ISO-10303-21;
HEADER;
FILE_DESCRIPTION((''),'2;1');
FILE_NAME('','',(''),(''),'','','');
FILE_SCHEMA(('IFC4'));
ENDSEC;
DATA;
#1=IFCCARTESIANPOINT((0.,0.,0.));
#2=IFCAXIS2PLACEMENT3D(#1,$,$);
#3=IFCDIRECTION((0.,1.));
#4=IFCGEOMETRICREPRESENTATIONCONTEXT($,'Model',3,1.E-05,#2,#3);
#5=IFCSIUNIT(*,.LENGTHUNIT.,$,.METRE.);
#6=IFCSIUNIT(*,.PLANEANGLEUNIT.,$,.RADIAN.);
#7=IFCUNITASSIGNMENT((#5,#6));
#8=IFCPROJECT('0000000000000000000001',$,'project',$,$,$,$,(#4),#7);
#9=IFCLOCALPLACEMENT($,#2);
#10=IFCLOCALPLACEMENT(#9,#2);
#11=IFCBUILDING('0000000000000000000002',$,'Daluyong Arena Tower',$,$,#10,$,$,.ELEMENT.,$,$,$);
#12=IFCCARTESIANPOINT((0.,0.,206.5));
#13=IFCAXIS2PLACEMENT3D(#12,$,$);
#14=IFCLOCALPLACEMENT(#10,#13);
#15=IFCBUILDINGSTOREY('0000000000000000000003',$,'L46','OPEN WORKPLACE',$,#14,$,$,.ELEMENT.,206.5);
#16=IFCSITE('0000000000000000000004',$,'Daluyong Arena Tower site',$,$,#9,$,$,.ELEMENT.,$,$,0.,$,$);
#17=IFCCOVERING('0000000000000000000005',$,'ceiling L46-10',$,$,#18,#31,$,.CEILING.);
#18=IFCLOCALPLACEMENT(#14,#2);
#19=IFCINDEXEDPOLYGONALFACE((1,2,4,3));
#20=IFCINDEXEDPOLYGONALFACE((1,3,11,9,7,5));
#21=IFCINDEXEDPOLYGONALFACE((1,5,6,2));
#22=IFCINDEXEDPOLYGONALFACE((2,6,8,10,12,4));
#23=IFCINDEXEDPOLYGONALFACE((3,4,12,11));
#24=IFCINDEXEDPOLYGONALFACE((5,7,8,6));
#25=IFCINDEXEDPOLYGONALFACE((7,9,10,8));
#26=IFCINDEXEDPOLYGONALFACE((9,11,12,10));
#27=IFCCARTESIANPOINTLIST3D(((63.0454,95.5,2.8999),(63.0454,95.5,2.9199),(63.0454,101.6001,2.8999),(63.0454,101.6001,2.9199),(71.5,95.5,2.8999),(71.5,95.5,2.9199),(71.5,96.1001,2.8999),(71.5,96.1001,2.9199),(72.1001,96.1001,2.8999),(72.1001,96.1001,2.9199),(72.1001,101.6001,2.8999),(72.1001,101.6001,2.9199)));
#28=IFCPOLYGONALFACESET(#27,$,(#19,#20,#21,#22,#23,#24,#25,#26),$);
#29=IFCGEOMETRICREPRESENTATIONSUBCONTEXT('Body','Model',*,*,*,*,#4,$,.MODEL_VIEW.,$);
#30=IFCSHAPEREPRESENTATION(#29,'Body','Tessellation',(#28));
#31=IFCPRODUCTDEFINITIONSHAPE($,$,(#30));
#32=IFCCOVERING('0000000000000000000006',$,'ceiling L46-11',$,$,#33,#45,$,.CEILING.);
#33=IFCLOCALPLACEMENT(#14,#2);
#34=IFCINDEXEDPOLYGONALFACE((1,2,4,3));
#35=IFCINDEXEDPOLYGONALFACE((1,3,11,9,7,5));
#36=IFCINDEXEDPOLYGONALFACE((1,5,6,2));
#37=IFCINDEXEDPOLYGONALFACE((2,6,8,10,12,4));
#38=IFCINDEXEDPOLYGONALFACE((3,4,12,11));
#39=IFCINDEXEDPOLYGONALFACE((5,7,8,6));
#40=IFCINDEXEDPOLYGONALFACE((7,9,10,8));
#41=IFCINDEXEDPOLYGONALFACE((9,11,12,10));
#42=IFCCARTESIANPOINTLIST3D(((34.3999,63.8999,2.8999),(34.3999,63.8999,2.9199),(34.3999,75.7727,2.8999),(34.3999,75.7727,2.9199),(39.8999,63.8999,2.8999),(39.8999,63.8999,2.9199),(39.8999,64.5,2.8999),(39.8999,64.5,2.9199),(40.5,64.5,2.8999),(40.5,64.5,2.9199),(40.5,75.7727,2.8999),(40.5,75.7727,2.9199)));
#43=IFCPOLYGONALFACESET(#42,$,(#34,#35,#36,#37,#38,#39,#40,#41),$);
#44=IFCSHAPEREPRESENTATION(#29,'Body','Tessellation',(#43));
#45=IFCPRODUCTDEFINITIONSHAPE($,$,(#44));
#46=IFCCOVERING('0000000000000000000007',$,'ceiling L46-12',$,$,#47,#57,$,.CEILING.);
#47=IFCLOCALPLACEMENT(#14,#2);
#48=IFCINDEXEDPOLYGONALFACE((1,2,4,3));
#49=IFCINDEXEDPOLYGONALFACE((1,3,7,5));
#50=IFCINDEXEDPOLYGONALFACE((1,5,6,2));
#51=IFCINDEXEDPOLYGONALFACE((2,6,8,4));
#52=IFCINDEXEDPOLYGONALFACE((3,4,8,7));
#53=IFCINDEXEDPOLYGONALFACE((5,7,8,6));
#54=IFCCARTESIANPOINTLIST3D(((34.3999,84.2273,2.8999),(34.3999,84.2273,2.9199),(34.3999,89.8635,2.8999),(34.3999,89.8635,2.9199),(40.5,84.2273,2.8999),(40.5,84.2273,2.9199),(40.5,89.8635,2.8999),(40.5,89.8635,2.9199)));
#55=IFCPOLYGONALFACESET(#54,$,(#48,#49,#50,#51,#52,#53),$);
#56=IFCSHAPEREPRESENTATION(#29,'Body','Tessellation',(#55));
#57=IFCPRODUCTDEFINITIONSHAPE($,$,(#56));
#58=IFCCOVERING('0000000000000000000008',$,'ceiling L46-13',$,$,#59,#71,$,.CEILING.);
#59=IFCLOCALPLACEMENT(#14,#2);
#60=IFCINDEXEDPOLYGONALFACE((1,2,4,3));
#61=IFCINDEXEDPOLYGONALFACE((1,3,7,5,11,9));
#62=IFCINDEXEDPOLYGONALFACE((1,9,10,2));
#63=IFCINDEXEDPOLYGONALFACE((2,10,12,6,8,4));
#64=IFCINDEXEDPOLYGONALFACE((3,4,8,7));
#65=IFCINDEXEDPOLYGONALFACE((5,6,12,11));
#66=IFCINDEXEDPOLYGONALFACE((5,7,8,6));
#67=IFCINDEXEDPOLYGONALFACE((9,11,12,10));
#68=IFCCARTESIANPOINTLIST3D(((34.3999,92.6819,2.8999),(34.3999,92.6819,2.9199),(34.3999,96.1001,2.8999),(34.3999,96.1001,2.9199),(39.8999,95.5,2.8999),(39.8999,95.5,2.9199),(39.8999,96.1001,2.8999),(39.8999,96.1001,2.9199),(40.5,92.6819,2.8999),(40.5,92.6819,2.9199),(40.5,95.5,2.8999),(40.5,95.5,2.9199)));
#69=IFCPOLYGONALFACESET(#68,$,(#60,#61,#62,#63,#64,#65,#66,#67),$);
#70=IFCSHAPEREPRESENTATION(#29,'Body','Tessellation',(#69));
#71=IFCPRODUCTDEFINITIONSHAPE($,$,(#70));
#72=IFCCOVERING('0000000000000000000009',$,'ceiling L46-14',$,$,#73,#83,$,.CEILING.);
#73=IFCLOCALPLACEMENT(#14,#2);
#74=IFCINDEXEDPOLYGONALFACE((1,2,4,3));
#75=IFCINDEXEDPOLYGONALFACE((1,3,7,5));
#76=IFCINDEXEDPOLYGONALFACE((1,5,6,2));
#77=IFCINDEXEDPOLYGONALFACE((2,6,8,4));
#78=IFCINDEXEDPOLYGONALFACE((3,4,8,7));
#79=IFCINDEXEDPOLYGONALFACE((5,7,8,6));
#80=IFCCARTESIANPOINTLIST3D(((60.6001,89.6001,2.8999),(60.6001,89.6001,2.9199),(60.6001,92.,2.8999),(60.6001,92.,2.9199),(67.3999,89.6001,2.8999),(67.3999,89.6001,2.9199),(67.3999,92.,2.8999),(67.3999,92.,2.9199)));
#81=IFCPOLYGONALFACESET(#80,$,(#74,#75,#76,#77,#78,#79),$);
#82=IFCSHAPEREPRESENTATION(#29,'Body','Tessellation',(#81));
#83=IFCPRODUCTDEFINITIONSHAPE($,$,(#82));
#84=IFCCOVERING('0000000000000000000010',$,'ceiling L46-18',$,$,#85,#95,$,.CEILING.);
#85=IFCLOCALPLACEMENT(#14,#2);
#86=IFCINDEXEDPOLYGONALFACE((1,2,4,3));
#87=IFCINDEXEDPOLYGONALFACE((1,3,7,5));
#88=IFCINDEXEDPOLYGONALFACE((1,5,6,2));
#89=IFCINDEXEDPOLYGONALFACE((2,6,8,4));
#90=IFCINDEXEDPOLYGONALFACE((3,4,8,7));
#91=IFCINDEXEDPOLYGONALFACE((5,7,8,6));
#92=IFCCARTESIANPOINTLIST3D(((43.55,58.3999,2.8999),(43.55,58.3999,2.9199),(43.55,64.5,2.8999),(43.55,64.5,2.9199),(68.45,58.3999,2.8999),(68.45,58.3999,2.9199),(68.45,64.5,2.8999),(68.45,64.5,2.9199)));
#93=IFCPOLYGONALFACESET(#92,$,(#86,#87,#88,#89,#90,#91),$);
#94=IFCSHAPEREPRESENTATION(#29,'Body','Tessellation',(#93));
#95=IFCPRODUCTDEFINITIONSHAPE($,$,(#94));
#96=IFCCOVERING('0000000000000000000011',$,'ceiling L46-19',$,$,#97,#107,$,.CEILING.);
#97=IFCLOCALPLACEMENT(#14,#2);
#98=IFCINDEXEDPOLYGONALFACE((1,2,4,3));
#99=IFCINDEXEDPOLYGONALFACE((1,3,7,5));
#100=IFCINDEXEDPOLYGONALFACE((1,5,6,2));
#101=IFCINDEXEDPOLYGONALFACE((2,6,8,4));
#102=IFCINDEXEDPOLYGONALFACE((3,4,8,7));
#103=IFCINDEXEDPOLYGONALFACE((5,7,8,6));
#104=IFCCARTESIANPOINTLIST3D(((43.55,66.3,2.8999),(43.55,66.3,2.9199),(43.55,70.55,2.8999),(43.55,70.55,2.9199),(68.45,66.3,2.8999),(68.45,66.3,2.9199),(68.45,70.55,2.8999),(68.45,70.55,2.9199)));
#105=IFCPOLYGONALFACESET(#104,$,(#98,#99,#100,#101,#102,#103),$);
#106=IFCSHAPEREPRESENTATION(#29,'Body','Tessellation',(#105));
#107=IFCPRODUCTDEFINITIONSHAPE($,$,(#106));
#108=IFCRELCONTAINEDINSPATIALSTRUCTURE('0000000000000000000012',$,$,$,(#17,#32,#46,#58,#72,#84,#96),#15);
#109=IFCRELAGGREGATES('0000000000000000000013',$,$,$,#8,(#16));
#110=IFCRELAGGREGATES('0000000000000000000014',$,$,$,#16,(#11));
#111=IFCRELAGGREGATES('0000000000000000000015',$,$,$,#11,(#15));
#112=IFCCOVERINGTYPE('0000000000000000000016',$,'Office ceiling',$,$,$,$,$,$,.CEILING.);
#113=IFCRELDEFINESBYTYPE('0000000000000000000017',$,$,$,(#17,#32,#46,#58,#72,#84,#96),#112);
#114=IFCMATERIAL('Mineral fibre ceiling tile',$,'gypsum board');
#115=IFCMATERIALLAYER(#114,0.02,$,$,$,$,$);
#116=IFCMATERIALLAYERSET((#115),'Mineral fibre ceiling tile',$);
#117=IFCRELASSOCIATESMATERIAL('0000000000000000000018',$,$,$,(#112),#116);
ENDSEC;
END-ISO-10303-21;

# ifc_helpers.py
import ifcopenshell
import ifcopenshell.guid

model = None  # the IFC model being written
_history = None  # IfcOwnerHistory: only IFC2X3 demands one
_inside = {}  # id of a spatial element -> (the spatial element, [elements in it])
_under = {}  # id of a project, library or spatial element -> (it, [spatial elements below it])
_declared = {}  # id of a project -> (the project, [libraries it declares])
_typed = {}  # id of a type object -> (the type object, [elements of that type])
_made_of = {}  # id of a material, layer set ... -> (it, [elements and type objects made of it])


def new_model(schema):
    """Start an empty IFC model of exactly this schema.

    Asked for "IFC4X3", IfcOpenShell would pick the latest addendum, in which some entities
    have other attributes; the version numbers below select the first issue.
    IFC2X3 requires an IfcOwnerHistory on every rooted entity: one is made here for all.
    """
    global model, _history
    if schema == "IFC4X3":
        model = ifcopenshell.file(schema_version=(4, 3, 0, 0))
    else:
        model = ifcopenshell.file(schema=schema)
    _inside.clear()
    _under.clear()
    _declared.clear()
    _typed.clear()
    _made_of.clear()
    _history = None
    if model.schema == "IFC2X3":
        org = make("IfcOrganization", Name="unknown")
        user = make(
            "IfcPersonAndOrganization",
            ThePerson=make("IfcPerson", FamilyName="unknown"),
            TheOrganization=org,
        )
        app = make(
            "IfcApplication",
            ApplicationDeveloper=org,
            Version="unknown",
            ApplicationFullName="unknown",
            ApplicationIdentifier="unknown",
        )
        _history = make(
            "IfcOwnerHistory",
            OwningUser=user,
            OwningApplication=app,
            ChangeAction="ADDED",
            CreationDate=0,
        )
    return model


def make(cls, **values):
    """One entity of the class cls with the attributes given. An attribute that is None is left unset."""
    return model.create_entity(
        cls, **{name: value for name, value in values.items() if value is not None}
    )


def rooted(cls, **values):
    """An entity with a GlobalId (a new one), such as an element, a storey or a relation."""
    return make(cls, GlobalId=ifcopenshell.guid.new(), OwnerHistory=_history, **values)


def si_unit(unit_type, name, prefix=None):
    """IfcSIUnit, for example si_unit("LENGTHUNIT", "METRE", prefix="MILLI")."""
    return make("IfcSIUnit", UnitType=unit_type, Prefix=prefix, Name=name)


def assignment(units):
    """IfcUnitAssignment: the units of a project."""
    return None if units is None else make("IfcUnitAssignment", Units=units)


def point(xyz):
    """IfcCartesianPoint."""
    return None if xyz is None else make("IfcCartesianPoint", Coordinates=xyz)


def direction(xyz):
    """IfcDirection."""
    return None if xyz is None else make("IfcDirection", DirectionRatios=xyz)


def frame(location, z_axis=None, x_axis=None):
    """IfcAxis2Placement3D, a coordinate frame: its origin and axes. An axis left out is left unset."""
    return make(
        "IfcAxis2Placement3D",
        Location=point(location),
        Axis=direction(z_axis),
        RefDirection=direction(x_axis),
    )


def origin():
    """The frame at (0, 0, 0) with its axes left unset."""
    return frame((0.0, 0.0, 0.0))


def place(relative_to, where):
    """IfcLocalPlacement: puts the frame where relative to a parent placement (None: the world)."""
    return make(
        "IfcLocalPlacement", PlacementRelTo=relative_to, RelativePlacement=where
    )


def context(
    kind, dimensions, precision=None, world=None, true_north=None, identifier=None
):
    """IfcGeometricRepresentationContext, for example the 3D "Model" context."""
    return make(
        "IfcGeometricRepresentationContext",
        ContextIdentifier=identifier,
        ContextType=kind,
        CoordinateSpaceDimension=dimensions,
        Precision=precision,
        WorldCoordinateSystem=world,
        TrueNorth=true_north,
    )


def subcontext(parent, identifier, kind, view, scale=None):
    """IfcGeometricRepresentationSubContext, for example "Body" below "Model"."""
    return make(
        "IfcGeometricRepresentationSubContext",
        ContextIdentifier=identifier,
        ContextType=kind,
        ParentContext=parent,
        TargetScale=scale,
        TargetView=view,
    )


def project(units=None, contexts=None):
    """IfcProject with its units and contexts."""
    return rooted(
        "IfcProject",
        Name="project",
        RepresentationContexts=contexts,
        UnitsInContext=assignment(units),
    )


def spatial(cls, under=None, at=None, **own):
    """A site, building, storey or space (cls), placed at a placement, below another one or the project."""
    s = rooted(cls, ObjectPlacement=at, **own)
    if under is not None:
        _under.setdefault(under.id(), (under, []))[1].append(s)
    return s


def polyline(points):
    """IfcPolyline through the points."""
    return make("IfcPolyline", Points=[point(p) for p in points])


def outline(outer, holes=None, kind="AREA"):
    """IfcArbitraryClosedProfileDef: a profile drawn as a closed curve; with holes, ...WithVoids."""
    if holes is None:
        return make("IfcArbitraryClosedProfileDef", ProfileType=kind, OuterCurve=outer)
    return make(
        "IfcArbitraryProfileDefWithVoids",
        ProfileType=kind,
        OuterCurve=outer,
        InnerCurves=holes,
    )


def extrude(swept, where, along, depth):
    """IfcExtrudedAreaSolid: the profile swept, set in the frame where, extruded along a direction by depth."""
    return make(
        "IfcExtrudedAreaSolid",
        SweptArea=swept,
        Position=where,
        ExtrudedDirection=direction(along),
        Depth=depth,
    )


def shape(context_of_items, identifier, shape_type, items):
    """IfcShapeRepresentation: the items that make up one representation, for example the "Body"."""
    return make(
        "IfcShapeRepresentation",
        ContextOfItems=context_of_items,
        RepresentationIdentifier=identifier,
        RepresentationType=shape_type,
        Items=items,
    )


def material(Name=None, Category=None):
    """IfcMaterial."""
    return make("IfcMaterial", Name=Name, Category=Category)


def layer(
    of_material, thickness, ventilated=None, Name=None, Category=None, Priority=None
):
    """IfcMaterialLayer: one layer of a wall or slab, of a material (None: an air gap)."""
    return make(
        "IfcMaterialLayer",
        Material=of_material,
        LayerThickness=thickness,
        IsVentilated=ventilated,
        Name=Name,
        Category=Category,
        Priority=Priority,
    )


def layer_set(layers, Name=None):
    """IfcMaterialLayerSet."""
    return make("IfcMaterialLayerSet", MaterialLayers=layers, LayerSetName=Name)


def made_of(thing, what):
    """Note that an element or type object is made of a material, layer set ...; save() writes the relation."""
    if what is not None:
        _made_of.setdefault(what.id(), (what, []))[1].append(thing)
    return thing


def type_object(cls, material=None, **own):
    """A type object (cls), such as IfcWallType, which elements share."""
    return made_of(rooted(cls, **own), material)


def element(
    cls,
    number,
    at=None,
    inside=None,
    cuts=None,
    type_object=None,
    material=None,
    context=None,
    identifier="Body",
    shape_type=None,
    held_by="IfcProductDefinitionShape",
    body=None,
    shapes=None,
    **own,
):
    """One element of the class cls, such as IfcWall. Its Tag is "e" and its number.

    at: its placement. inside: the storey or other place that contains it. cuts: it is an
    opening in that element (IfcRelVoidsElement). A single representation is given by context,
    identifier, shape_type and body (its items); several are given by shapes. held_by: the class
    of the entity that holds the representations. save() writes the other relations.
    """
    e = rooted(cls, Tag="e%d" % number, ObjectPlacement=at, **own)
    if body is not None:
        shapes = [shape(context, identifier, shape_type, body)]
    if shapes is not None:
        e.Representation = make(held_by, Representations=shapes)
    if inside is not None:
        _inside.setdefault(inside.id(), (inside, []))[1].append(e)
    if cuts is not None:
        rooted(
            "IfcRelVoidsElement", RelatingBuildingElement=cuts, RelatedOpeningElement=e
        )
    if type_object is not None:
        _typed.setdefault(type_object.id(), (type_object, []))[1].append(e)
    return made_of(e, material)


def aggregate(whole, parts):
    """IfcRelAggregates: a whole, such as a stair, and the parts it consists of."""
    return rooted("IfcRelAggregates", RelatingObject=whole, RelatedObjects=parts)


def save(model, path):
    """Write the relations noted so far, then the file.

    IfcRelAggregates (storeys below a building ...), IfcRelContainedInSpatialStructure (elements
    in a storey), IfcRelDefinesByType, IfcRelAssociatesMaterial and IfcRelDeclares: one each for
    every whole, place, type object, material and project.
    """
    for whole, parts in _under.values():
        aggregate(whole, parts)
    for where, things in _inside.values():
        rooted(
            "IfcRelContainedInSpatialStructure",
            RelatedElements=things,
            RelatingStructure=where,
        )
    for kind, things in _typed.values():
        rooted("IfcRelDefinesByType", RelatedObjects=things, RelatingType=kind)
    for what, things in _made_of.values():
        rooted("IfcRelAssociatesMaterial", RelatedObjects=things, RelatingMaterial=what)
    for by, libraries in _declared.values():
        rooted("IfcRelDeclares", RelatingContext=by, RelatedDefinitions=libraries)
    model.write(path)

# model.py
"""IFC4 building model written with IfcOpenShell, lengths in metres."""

from ifc_helpers import new_model, si_unit, direction, frame, origin, place, context, subcontext, project, spatial, polyline, outline, extrude, material, layer, layer_set, type_object, element, save


model = new_model("IFC4")

# Units and contexts
model_context = context("Model", 3, precision=1e-05, world=origin(), true_north=direction((0.0, 1.0)))
body_context = subcontext(model_context, "Body", "Model", "MODEL_VIEW")
ifc_project = project(units=[si_unit("LENGTHUNIT", "METRE"), si_unit("PLANEANGLEUNIT", "RADIAN")], contexts=[model_context])

# Site, building, storey
site_placement = place(None, origin())
site = spatial("IfcSite", under=ifc_project, at=site_placement, Name="Daluyong Arena Tower site", CompositionType="ELEMENT", RefElevation=0.0)
building_placement = place(site_placement, origin())
building = spatial("IfcBuilding", under=site, at=building_placement, Name="Daluyong Arena Tower", CompositionType="ELEMENT")
storey_placement = place(building_placement, frame((0.0, 0.0, 206.5)))
storey = spatial("IfcBuildingStorey", under=building, at=storey_placement, Name="L46", Description="OPEN WORKPLACE", CompositionType="ELEMENT", Elevation=206.5)

# Coverings
ifc_material_1 = material(Name="Mineral fibre ceiling tile", Category="gypsum board")
ifc_layer_1 = layer(ifc_material_1, 0.02)
ifc_layer_set_1 = layer_set([ifc_layer_1], Name="Mineral fibre ceiling tile")
covering_type = type_object("IfcCoveringType", Name="Office ceiling", PredefinedType="CEILING", material=ifc_layer_set_1)
covering_1_placement = place(storey_placement, frame((0.0, 0.0, 2.8999)))
element("IfcCovering", 1, at=covering_1_placement, inside=storey, type_object=covering_type, Name="ceiling L46-10", PredefinedType="CEILING", context=body_context, shape_type="SweptSolid", body=[
    extrude(outline(polyline([(63.0454, 95.5), (71.5, 95.5), (71.5, 96.1001), (72.1001, 96.1001), (72.1001, 101.6001), (63.0454, 101.6001), (63.0454, 95.5)])), origin(), (0.0, 0.0, 1.0), 0.02),
])
covering_2_placement = place(storey_placement, frame((0.0, 0.0, 2.8999)))
element("IfcCovering", 2, at=covering_2_placement, inside=storey, type_object=covering_type, Name="ceiling L46-11", PredefinedType="CEILING", context=body_context, shape_type="SweptSolid", body=[
    extrude(outline(polyline([(34.3999, 63.8999), (39.8999, 63.8999), (39.8999, 64.5), (40.5, 64.5), (40.5, 75.7727), (34.3999, 75.7727), (34.3999, 63.8999)])), origin(), (0.0, 0.0, 1.0), 0.02),
])
covering_3_placement = place(storey_placement, frame((0.0, 0.0, 2.8999)))
element("IfcCovering", 3, at=covering_3_placement, inside=storey, type_object=covering_type, Name="ceiling L46-12", PredefinedType="CEILING", context=body_context, shape_type="SweptSolid", body=[
    extrude(outline(polyline([(40.5, 89.8635), (34.3999, 89.8635), (34.3999, 84.2273), (40.5, 84.2273), (40.5, 89.8635)])), origin(), (0.0, 0.0, 1.0), 0.02),
])
covering_4_placement = place(storey_placement, frame((0.0, 0.0, 2.8999)))
element("IfcCovering", 4, at=covering_4_placement, inside=storey, type_object=covering_type, Name="ceiling L46-13", PredefinedType="CEILING", context=body_context, shape_type="SweptSolid", body=[
    extrude(outline(polyline([(40.5, 92.6819), (40.5, 95.5), (39.8999, 95.5), (39.8999, 96.1001), (34.3999, 96.1001), (34.3999, 92.6819), (40.5, 92.6819)])), origin(), (0.0, 0.0, 1.0), 0.02),
])
covering_5_placement = place(storey_placement, frame((0.0, 0.0, 2.8999)))
element("IfcCovering", 5, at=covering_5_placement, inside=storey, type_object=covering_type, Name="ceiling L46-14", PredefinedType="CEILING", context=body_context, shape_type="SweptSolid", body=[
    extrude(outline(polyline([(60.6001, 89.6001), (67.3999, 89.6001), (67.3999, 92.0), (60.6001, 92.0), (60.6001, 89.6001)])), origin(), (0.0, 0.0, 1.0), 0.02),
])
covering_6_placement = place(storey_placement, frame((0.0, 0.0, 2.8999)))
element("IfcCovering", 6, at=covering_6_placement, inside=storey, type_object=covering_type, Name="ceiling L46-18", PredefinedType="CEILING", context=body_context, shape_type="SweptSolid", body=[
    extrude(outline(polyline([(43.55, 58.3999), (68.45, 58.3999), (68.45, 64.5), (43.55, 64.5), (43.55, 58.3999)])), origin(), (0.0, 0.0, 1.0), 0.02),
])
covering_7_placement = place(storey_placement, frame((0.0, 0.0, 2.8999)))
element("IfcCovering", 7, at=covering_7_placement, inside=storey, type_object=covering_type, Name="ceiling L46-19", PredefinedType="CEILING", context=body_context, shape_type="SweptSolid", body=[
    extrude(outline(polyline([(68.45, 70.55), (43.55, 70.55), (43.55, 66.3), (68.45, 66.3), (68.45, 70.55)])), origin(), (0.0, 0.0, 1.0), 0.02),
])

save(model, "model.ifc")
